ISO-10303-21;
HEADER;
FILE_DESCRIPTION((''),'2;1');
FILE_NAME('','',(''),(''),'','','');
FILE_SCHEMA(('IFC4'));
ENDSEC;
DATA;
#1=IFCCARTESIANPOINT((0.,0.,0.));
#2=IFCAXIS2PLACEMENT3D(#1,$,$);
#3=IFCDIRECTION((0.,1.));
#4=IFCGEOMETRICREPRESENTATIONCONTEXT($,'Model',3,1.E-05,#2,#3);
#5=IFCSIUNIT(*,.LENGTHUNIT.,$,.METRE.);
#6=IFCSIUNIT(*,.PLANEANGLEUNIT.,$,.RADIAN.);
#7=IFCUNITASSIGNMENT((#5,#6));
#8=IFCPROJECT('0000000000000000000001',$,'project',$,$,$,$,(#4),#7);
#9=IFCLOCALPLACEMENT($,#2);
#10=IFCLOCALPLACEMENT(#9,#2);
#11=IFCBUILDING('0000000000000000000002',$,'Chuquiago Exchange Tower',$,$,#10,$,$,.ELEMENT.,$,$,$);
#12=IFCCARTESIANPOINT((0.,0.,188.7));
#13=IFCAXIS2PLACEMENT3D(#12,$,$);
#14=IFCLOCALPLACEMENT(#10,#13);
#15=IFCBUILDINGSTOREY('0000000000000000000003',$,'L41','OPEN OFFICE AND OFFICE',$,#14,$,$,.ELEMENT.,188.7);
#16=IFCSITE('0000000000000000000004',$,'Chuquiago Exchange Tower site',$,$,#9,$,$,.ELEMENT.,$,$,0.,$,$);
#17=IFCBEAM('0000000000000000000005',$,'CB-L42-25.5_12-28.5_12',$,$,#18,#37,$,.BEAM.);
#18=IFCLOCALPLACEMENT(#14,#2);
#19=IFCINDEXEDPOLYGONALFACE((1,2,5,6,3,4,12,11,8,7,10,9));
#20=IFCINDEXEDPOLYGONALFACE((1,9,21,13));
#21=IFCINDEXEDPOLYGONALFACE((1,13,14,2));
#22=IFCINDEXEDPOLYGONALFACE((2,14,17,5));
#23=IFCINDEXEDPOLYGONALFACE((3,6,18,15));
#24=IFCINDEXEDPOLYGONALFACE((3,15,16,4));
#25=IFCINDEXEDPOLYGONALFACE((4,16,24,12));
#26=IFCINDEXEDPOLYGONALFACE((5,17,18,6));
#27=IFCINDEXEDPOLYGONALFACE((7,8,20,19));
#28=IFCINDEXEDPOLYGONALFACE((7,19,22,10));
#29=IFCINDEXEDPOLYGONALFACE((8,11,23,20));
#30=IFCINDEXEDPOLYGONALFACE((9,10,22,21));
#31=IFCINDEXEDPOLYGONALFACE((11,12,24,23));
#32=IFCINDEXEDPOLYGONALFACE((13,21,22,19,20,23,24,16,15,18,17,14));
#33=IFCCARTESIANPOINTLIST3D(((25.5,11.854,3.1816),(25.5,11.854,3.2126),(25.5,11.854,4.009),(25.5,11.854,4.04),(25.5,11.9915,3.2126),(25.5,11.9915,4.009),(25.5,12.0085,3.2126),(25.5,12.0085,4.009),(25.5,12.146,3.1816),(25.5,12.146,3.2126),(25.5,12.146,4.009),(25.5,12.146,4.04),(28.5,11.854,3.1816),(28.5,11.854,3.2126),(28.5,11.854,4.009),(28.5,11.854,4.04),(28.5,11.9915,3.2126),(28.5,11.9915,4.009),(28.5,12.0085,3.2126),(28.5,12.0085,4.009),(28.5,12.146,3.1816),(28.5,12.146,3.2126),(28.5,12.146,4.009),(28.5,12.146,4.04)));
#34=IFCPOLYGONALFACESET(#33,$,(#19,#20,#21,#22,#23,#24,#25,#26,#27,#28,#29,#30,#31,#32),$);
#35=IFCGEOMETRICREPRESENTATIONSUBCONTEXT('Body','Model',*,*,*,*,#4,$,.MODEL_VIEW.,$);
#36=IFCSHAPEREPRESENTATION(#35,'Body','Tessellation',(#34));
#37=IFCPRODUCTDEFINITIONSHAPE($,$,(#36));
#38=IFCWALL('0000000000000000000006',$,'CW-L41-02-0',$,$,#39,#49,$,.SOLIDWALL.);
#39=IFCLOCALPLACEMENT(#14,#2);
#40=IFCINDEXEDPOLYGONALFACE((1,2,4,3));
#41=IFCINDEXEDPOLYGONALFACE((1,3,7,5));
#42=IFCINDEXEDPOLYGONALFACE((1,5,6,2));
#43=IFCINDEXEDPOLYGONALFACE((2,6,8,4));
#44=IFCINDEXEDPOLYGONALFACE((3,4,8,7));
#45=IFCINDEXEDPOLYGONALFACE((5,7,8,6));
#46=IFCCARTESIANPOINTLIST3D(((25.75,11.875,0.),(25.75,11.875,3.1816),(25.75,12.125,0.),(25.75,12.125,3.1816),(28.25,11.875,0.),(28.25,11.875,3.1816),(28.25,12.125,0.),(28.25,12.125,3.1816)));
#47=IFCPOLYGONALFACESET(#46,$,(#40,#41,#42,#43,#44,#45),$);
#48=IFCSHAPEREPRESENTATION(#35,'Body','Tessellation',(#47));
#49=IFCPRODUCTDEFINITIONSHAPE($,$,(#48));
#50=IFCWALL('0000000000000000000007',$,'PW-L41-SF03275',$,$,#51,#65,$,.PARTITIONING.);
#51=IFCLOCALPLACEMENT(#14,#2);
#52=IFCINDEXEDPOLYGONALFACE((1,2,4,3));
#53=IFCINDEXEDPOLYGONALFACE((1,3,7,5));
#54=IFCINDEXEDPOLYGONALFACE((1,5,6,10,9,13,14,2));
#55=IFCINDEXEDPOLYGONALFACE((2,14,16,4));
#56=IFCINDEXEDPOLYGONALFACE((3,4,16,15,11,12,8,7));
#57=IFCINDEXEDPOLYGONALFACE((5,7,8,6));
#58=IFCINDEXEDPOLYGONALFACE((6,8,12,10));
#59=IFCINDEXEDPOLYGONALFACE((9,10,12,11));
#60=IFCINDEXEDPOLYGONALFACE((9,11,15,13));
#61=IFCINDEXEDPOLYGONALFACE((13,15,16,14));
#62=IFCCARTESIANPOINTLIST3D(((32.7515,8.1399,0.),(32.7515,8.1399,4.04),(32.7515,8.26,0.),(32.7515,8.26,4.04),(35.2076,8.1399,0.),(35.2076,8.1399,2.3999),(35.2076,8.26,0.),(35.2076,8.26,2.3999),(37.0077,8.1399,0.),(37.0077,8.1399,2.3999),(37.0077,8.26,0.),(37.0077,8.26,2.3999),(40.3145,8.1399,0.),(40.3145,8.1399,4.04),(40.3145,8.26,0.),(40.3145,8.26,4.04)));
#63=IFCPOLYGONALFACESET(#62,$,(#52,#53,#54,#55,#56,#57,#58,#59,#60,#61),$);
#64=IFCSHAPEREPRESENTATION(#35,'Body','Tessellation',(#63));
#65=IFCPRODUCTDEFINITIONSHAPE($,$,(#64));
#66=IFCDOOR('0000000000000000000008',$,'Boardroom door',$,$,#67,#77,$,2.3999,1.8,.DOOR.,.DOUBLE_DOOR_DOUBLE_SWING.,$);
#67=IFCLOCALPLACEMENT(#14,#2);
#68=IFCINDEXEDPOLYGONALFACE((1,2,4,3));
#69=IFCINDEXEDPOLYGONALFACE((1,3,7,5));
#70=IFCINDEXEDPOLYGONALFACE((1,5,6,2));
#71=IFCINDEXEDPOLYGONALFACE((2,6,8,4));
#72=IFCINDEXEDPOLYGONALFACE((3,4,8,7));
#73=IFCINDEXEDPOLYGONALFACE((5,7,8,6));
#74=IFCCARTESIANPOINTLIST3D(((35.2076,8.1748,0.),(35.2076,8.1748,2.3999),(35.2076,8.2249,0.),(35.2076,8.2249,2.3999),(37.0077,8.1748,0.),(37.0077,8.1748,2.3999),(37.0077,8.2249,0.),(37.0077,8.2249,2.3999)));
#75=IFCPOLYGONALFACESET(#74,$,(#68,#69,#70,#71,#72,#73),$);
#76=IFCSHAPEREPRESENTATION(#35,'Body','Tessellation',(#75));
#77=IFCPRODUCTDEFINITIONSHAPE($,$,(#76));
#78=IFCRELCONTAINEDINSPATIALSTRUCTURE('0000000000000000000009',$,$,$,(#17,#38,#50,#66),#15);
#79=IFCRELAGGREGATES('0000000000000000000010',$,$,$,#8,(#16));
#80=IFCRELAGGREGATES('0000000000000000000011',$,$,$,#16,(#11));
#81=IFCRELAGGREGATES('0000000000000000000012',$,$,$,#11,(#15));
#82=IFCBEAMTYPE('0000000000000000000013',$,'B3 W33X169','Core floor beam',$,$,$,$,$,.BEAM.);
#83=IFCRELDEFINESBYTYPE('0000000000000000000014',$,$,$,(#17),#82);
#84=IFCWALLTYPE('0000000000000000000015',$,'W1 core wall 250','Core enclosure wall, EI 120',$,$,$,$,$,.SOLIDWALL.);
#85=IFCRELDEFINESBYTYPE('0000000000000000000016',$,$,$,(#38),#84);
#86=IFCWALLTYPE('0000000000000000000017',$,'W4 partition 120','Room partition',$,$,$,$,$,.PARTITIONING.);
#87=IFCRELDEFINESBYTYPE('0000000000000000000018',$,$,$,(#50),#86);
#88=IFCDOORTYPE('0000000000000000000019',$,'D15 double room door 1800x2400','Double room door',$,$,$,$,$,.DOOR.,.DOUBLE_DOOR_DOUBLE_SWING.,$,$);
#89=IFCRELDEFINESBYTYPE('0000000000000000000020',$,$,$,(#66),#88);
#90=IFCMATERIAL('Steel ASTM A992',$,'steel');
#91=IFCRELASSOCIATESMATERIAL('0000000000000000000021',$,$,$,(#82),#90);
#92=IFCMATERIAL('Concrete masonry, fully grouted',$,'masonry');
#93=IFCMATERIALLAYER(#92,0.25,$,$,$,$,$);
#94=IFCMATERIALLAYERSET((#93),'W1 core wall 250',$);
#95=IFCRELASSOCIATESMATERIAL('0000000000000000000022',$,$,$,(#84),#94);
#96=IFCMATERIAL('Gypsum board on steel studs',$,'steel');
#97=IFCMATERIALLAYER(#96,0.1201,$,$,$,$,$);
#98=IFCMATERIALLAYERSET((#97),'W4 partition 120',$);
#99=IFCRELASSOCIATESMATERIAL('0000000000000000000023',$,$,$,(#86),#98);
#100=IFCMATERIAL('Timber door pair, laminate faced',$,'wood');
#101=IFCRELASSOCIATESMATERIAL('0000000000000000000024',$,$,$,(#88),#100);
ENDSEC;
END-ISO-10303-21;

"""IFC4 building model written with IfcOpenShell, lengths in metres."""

from ifc_helpers import new_model, si_unit, direction, frame, frame_2d, origin, origin_2d, place, context, subcontext, project, spatial, rectangle, i_section, extrude, material, layer, layer_set, material_profile, profile_set, type_object, element, fill, save


model = new_model("IFC4")

# Units and contexts
model_context = context("Model", 3, precision=1e-05, world=origin(), true_north=direction((0.0, 1.0)))
body_context = subcontext(model_context, "Body", "Model", "MODEL_VIEW")
ifc_project = project(units=[si_unit("LENGTHUNIT", "METRE"), si_unit("PLANEANGLEUNIT", "RADIAN")], contexts=[model_context])

# Site, building, storey
site_placement = place(None, origin())
site = spatial("IfcSite", under=ifc_project, at=site_placement, Name="Chuquiago Exchange Tower site", CompositionType="ELEMENT", RefElevation=0.0)
building_placement = place(site_placement, origin())
building = spatial("IfcBuilding", under=site, at=building_placement, Name="Chuquiago Exchange Tower", CompositionType="ELEMENT")
storey_placement = place(building_placement, frame((0.0, 0.0, 188.7)))
storey = spatial("IfcBuildingStorey", under=building, at=storey_placement, Name="L41", Description="OPEN OFFICE AND OFFICE", CompositionType="ELEMENT", Elevation=188.7)

# Beam
ifc_material_1 = material(Name="Steel ASTM A992", Category="steel")
ifc_material_profile_1 = material_profile(ifc_material_1, i_section(OverallWidth=0.292, OverallDepth=0.8584, WebThickness=0.0171, FlangeThickness=0.031, at=origin_2d()), Name="W33X169")
ifc_profile_set_1 = profile_set([ifc_material_profile_1], Name="Steel ASTM A992")
beam_type_1 = type_object("IfcBeamType", Name="B3 W33X169", Description="Core floor beam", PredefinedType="BEAM", material=ifc_profile_set_1)
beam_1_placement = place(storey_placement, frame((25.5, 12.0, 3.6108), z_axis=(1.0, 0.0, 0.0), x_axis=(0.0, 1.0, 0.0)))
element("IfcBeam", 1, at=beam_1_placement, inside=storey, type_object=beam_type_1, Name="CB-L42-25.5_12-28.5_12", PredefinedType="BEAM", context=body_context, shape_type="SweptSolid", body=[
    extrude(i_section(OverallWidth=0.292, OverallDepth=0.8584, WebThickness=0.0171, FlangeThickness=0.031, at=origin_2d()), origin(), (0.0, 0.0, 1.0), 3.0),
])

# Wall
ifc_material_2 = material(Name="Concrete masonry, fully grouted", Category="masonry")
ifc_layer_1 = layer(ifc_material_2, 0.25)
ifc_layer_set_1 = layer_set([ifc_layer_1], Name="W1 core wall 250")
wall_type_1 = type_object("IfcWallType", Name="W1 core wall 250", Description="Core enclosure wall, EI 120", PredefinedType="SOLIDWALL", material=ifc_layer_set_1)
wall_1_placement = place(storey_placement, frame((25.75, 12.0, 0.0), z_axis=(0.0, 0.0, 1.0), x_axis=(1.0, 0.0, 0.0)))
element("IfcWall", 2, at=wall_1_placement, inside=storey, type_object=wall_type_1, Name="CW-L41-02-0", PredefinedType="SOLIDWALL", context=body_context, shape_type="SweptSolid", body=[
    extrude(rectangle(XDim=2.5, YDim=0.25, at=frame_2d((1.25, 0.0))), origin(), (0.0, 0.0, 1.0), 3.1816),
])

# Wall, opening, door
ifc_material_3 = material(Name="Gypsum board on steel studs", Category="steel")
ifc_layer_2 = layer(ifc_material_3, 0.1201)
ifc_layer_set_2 = layer_set([ifc_layer_2], Name="W4 partition 120")
wall_type_2 = type_object("IfcWallType", Name="W4 partition 120", Description="Room partition", PredefinedType="PARTITIONING", material=ifc_layer_set_2)
wall_2_placement = place(storey_placement, frame((32.7515, 8.2, 0.0), z_axis=(0.0, 0.0, 1.0), x_axis=(1.0, 0.0, 0.0)))
wall_2 = element("IfcWall", 3, at=wall_2_placement, inside=storey, type_object=wall_type_2, Name="PW-L41-SF03275", PredefinedType="PARTITIONING", context=body_context, shape_type="SweptSolid", body=[
    extrude(rectangle(XDim=7.563, YDim=0.1201, at=frame_2d((3.7815, 0.0))), origin(), (0.0, 0.0, 1.0), 4.04),
])
opening_1_placement = place(wall_2_placement, frame((2.4563, 0.0, 0.0)))
opening_1 = element("IfcOpeningElement", 4, at=opening_1_placement, cuts=wall_2, PredefinedType="OPENING", context=body_context, shape_type="SweptSolid", body=[
    extrude(rectangle(XDim=1.8, YDim=2.3999, at=frame_2d((0.8999, 1.2))), frame((0.0, 0.0701, 0.0), z_axis=(0.0, -1.0, 0.0), x_axis=(1.0, 0.0, 0.0)), (0.0, 0.0, 1.0), 0.1401),
])
ifc_material_4 = material(Name="Timber door pair, laminate faced", Category="wood")
door_type_1 = type_object("IfcDoorType", Name="D15 double room door 1800x2400", Description="Double room door", OperationType="DOUBLE_DOOR_DOUBLE_SWING", PredefinedType="DOOR", material=ifc_material_4)
door_1_placement = place(opening_1_placement, origin())
door_1 = element("IfcDoor", 5, at=door_1_placement, inside=storey, type_object=door_type_1, Name="Boardroom door", OperationType="DOUBLE_DOOR_DOUBLE_SWING", OverallHeight=2.3999, OverallWidth=1.8, PredefinedType="DOOR", context=body_context, shape_type="SweptSolid", body=[
    extrude(rectangle(XDim=1.8, YDim=2.3999, at=frame_2d((0.8999, 1.2))), frame((0.0, 0.0249, 0.0), z_axis=(0.0, -1.0, 0.0), x_axis=(1.0, 0.0, 0.0)), (0.0, 0.0, 1.0), 0.05),
])
fill(opening_1, door_1)

save(model, "model.ifc")
